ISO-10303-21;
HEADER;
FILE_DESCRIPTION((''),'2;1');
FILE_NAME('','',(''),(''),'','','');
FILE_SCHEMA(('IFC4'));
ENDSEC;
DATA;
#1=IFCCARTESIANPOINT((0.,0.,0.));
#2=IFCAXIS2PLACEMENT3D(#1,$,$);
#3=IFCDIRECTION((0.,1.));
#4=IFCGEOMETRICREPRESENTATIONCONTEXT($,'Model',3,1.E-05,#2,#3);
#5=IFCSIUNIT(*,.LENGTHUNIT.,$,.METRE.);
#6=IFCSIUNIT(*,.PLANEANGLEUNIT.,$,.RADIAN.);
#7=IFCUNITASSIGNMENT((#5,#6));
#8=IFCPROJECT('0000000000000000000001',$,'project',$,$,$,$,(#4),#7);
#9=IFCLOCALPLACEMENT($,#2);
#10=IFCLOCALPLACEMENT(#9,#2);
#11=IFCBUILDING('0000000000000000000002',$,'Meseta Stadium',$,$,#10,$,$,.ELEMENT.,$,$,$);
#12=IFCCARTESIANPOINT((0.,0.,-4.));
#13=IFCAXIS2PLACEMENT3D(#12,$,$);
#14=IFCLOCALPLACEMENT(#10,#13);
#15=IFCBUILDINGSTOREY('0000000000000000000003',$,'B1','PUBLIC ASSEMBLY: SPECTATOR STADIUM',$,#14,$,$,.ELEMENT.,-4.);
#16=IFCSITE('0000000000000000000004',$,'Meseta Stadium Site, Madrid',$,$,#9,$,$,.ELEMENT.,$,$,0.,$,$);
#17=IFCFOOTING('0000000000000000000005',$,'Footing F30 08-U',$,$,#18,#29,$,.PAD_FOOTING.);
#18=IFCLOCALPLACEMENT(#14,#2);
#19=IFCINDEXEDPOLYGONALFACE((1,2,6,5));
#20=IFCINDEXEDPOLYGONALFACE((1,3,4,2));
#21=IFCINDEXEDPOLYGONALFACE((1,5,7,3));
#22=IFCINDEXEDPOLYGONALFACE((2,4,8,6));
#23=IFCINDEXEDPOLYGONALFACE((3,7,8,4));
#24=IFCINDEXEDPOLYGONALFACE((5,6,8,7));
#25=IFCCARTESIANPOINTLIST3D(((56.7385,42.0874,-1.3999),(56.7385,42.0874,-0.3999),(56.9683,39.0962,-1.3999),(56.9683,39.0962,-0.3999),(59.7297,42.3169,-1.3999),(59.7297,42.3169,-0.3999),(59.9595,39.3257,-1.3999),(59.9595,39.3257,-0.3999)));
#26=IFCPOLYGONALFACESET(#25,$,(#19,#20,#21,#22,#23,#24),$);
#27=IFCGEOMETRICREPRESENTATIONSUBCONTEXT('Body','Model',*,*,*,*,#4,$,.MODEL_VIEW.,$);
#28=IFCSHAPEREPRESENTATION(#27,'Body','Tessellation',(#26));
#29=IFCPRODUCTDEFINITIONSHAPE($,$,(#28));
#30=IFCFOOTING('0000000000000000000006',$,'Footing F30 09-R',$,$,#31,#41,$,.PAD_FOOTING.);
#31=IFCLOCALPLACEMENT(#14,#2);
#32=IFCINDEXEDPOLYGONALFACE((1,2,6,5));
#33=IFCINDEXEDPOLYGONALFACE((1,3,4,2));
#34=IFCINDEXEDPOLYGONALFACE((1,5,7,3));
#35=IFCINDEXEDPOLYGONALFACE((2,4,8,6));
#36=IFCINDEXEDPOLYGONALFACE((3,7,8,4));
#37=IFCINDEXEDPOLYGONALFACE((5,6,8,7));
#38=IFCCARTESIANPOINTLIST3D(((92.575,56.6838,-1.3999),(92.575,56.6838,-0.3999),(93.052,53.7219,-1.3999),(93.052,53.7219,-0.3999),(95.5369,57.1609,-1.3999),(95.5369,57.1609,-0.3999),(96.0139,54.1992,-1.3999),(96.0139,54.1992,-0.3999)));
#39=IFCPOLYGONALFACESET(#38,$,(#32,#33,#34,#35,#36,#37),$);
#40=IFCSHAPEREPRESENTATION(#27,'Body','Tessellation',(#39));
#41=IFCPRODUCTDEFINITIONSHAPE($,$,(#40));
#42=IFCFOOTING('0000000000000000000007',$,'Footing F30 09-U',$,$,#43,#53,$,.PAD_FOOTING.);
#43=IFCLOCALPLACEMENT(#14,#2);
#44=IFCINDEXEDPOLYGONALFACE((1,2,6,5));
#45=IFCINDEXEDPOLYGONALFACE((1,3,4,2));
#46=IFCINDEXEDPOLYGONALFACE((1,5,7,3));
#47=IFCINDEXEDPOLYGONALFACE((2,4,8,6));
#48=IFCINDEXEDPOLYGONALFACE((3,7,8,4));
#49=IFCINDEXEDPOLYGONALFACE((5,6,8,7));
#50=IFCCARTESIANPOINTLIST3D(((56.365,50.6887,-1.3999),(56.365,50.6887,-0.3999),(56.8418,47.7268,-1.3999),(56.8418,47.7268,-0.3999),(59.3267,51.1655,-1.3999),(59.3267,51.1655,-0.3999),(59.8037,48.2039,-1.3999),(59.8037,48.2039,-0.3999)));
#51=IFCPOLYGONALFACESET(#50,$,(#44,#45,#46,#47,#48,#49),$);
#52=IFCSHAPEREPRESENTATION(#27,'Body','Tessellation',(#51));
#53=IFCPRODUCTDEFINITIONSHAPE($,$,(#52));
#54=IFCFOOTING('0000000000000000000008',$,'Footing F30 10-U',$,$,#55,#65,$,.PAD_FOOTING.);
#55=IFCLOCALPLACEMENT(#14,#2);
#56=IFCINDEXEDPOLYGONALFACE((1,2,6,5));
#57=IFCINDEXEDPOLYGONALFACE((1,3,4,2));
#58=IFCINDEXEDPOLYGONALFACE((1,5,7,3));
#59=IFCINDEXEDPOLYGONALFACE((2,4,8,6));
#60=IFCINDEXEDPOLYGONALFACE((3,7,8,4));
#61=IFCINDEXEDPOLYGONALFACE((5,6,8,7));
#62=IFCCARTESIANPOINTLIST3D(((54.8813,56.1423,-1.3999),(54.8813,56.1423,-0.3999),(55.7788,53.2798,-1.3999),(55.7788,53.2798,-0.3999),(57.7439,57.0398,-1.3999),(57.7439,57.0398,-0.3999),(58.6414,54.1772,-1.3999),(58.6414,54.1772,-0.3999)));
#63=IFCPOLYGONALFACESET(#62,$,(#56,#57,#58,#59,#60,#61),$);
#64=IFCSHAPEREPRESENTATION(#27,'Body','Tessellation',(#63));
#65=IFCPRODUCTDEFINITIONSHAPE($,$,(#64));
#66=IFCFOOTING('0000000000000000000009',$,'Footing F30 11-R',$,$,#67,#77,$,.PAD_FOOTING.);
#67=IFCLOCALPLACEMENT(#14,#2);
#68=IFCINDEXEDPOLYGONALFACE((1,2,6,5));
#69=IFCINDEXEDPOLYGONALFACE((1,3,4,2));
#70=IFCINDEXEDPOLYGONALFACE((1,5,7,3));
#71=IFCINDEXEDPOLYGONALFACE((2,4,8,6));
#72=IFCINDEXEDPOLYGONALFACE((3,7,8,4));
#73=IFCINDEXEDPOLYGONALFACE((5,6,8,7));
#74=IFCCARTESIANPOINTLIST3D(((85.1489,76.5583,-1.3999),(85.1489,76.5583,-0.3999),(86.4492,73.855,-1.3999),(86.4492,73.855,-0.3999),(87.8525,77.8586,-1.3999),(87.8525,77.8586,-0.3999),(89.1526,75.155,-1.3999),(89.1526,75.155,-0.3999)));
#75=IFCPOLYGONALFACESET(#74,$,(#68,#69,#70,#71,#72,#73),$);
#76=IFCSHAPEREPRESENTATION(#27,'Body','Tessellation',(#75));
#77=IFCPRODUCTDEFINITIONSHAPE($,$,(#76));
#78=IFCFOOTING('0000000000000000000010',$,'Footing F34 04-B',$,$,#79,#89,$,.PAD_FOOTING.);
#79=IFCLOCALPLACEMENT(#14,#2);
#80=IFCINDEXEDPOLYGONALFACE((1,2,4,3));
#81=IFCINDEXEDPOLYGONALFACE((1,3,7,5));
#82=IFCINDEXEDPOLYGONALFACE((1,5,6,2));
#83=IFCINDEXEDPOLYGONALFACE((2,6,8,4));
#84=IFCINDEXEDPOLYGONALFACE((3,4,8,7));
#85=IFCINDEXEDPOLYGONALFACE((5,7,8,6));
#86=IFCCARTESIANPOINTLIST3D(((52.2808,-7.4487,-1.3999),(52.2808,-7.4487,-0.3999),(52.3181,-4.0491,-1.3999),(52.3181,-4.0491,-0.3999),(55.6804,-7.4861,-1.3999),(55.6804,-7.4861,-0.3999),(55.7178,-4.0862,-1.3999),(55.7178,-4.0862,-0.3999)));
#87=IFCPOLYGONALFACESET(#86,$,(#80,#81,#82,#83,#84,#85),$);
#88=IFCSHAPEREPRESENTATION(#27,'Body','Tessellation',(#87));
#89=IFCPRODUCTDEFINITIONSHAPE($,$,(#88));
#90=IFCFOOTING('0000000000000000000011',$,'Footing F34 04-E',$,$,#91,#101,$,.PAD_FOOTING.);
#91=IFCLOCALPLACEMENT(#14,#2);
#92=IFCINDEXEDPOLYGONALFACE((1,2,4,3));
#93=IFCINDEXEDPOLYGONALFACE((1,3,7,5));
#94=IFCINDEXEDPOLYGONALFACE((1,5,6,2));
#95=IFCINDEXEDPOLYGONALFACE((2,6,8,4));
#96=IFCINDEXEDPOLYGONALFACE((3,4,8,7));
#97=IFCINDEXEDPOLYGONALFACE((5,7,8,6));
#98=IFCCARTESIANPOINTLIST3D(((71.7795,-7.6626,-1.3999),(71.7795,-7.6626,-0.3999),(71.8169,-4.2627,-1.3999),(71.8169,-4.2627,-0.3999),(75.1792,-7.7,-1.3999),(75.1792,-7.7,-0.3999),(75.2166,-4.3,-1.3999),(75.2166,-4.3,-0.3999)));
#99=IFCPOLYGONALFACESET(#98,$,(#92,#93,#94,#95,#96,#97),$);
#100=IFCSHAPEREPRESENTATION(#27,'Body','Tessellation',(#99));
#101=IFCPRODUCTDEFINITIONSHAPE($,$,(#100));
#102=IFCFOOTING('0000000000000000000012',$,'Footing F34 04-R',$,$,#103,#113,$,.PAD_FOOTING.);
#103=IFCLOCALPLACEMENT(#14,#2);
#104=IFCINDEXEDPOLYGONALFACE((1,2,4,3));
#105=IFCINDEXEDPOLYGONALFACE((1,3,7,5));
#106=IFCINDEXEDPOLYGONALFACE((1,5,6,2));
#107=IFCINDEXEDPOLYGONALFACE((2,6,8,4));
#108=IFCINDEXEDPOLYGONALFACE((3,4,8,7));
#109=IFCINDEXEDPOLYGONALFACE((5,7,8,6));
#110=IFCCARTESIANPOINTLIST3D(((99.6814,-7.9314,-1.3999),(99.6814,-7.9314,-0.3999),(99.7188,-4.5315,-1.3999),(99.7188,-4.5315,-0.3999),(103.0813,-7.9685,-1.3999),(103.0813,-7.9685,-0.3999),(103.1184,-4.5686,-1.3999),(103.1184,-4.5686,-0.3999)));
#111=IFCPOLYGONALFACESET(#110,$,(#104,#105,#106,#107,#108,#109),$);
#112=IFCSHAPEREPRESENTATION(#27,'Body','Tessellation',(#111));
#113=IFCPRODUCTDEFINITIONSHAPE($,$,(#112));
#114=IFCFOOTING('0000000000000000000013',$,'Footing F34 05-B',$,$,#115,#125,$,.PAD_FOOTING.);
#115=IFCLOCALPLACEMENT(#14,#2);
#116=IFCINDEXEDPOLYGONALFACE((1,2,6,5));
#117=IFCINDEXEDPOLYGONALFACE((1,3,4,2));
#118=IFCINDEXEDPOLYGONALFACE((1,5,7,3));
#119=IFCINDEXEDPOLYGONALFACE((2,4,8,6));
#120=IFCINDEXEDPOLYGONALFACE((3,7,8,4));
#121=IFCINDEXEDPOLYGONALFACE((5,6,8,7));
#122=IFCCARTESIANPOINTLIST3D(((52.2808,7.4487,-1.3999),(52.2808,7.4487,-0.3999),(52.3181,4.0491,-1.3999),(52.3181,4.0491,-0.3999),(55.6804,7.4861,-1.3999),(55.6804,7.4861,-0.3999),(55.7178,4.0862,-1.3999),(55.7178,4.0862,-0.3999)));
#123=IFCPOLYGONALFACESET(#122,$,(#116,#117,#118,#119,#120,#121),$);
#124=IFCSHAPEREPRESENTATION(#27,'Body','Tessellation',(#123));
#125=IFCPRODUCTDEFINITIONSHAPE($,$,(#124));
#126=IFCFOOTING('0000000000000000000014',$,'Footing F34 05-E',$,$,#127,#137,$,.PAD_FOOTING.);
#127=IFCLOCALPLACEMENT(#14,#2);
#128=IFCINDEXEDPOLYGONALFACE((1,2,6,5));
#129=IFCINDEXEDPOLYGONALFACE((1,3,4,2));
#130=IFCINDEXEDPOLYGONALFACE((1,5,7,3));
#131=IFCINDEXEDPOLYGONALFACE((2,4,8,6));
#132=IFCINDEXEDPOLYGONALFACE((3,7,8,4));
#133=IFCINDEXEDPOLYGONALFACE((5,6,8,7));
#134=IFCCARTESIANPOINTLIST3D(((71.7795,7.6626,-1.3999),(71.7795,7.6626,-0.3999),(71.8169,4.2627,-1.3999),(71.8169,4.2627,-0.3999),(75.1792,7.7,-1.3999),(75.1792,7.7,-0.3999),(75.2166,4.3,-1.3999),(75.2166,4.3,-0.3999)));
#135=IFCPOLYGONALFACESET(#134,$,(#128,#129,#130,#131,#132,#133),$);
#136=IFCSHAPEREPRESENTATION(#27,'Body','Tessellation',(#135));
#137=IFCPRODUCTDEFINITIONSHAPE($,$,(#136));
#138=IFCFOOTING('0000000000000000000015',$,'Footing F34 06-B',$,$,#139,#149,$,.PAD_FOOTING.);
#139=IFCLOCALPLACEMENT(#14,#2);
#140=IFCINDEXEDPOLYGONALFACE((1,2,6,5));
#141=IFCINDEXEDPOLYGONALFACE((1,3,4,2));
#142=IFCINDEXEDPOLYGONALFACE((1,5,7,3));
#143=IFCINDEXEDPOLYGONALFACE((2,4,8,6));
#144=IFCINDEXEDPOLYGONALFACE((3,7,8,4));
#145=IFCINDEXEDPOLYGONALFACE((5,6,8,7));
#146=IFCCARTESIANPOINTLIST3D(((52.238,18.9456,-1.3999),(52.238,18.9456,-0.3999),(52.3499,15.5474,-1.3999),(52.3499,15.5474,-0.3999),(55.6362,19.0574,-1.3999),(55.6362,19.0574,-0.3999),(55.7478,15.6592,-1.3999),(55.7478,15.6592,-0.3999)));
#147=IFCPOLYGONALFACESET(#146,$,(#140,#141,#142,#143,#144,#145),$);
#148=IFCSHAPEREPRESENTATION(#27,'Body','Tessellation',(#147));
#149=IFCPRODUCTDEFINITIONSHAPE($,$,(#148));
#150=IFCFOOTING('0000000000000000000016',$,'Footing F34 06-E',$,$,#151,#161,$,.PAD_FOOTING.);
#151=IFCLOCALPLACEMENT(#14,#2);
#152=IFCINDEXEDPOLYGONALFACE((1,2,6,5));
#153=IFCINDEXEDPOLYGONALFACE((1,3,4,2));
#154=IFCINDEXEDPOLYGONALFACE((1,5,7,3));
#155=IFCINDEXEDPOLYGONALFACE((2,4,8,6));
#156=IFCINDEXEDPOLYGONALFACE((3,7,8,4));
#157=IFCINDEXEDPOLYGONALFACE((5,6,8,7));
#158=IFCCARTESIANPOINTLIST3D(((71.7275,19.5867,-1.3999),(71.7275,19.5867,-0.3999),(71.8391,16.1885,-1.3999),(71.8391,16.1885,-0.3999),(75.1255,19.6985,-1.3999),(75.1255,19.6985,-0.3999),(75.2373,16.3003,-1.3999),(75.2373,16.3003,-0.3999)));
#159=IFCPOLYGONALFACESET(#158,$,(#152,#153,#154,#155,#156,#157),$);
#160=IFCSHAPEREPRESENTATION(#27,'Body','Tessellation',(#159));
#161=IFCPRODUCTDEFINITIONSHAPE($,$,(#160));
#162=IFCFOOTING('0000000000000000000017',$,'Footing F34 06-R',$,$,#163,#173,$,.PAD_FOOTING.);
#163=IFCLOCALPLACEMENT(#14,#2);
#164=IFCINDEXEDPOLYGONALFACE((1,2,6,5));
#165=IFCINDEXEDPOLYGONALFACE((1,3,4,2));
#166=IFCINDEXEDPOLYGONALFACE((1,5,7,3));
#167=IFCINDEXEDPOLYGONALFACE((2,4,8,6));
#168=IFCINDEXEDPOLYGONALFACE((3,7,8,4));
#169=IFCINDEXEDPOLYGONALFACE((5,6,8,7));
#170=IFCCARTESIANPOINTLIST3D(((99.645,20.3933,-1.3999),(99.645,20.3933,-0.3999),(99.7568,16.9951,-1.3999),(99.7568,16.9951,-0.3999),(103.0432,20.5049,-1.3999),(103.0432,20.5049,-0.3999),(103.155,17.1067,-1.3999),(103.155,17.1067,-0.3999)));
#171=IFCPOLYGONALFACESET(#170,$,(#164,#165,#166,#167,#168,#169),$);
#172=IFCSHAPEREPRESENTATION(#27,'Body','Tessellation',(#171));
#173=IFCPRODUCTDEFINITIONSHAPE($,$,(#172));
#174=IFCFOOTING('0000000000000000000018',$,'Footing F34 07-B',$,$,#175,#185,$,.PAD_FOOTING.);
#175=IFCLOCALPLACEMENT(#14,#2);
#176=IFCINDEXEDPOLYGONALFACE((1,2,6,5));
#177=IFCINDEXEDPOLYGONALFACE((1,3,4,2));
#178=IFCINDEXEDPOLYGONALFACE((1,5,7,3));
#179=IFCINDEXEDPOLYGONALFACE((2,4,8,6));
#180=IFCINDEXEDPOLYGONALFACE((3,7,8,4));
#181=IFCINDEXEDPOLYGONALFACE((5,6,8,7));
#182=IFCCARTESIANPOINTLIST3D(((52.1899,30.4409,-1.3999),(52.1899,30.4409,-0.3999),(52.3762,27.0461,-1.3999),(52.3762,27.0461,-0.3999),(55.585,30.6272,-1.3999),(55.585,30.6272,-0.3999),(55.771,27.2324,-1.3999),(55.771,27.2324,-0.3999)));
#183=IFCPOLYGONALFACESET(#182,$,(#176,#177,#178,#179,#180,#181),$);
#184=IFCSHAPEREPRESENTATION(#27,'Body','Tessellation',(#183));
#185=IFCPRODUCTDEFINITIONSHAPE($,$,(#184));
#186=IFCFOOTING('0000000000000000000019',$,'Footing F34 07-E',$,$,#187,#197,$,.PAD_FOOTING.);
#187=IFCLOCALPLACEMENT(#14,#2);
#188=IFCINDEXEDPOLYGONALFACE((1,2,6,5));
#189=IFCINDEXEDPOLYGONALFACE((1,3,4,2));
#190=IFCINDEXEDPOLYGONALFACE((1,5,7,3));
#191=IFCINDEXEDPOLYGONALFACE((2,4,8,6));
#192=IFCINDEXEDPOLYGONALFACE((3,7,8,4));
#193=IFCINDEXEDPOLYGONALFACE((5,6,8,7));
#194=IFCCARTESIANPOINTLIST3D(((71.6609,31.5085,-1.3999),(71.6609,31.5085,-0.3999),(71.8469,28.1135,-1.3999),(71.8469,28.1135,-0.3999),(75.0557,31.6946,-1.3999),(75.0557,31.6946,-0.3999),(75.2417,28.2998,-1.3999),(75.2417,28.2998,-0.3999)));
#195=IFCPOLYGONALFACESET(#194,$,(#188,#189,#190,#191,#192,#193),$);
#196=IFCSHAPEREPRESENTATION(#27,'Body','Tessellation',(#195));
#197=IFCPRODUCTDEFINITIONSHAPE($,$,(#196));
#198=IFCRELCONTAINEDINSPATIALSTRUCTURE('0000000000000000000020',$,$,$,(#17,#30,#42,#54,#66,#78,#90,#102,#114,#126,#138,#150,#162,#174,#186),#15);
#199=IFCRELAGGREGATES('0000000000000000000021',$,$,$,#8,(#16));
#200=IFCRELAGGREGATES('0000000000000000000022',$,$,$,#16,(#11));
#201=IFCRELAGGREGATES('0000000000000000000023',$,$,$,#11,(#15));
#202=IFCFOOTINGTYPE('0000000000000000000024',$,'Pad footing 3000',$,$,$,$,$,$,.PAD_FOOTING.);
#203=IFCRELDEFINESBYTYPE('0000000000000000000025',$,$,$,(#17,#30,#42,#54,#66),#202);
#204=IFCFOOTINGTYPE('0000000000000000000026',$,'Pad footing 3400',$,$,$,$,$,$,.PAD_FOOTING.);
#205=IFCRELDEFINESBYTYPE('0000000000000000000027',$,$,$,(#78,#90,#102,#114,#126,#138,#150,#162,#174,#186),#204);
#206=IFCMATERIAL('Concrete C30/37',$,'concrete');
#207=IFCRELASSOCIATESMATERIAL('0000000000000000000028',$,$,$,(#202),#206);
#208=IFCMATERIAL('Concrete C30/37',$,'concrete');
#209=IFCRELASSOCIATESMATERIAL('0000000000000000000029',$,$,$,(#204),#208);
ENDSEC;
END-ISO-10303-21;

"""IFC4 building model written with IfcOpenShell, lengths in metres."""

from ifc_helpers import new_model, si_unit, direction, frame, origin, place, context, subcontext, project, spatial, polyline, outline, extrude, material, type_object, element, save


model = new_model("IFC4")

# Units and contexts
model_context = context("Model", 3, precision=1e-05, world=origin(), true_north=direction((0.0, 1.0)))
body_context = subcontext(model_context, "Body", "Model", "MODEL_VIEW")
ifc_project = project(units=[si_unit("LENGTHUNIT", "METRE"), si_unit("PLANEANGLEUNIT", "RADIAN")], contexts=[model_context])

# Site, building, storey
site_placement = place(None, origin())
site = spatial("IfcSite", under=ifc_project, at=site_placement, Name="Meseta Stadium Site, Madrid", CompositionType="ELEMENT", RefElevation=0.0)
building_placement = place(site_placement, origin())
building = spatial("IfcBuilding", under=site, at=building_placement, Name="Meseta Stadium", CompositionType="ELEMENT")
storey_placement = place(building_placement, frame((0.0, 0.0, -4.0)))
storey = spatial("IfcBuildingStorey", under=building, at=storey_placement, Name="B1", Description="PUBLIC ASSEMBLY: SPECTATOR STADIUM", CompositionType="ELEMENT", Elevation=-4.0)

# Footings
ifc_material_1 = material(Name="Concrete C30/37", Category="concrete")
footing_type_1 = type_object("IfcFootingType", Name="Pad footing 3000", PredefinedType="PAD_FOOTING", material=ifc_material_1)
footing_1_placement = place(storey_placement, frame((0.0, 0.0, -1.3999)))
element("IfcFooting", 1, at=footing_1_placement, inside=storey, type_object=footing_type_1, Name="Footing F30 08-U", PredefinedType="PAD_FOOTING", context=body_context, shape_type="SweptSolid", body=[
    extrude(outline(polyline([(56.9683, 39.0962), (59.9595, 39.3257), (59.7297, 42.3169), (56.7385, 42.0874), (56.9683, 39.0962)])), origin(), (0.0, 0.0, 1.0), 1.0),
])
footing_2_placement = place(storey_placement, frame((0.0, 0.0, -1.3999)))
element("IfcFooting", 2, at=footing_2_placement, inside=storey, type_object=footing_type_1, Name="Footing F30 09-R", PredefinedType="PAD_FOOTING", context=body_context, shape_type="SweptSolid", body=[
    extrude(outline(polyline([(93.052, 53.7219), (96.0139, 54.1992), (95.5369, 57.1609), (92.575, 56.6838), (93.052, 53.7219)])), origin(), (0.0, 0.0, 1.0), 1.0),
])
footing_3_placement = place(storey_placement, frame((0.0, 0.0, -1.3999)))
element("IfcFooting", 3, at=footing_3_placement, inside=storey, type_object=footing_type_1, Name="Footing F30 09-U", PredefinedType="PAD_FOOTING", context=body_context, shape_type="SweptSolid", body=[
    extrude(outline(polyline([(56.8418, 47.7268), (59.8037, 48.2039), (59.3267, 51.1655), (56.365, 50.6887), (56.8418, 47.7268)])), origin(), (0.0, 0.0, 1.0), 1.0),
])
footing_4_placement = place(storey_placement, frame((0.0, 0.0, -1.3999)))
element("IfcFooting", 4, at=footing_4_placement, inside=storey, type_object=footing_type_1, Name="Footing F30 10-U", PredefinedType="PAD_FOOTING", context=body_context, shape_type="SweptSolid", body=[
    extrude(outline(polyline([(55.7788, 53.2798), (58.6414, 54.1772), (57.7439, 57.0398), (54.8813, 56.1423), (55.7788, 53.2798)])), origin(), (0.0, 0.0, 1.0), 1.0),
])
footing_5_placement = place(storey_placement, frame((0.0, 0.0, -1.3999)))
element("IfcFooting", 5, at=footing_5_placement, inside=storey, type_object=footing_type_1, Name="Footing F30 11-R", PredefinedType="PAD_FOOTING", context=body_context, shape_type="SweptSolid", body=[
    extrude(outline(polyline([(86.4492, 73.855), (89.1526, 75.155), (87.8525, 77.8586), (85.1489, 76.5583), (86.4492, 73.855)])), origin(), (0.0, 0.0, 1.0), 1.0),
])
ifc_material_2 = material(Name="Concrete C30/37", Category="concrete")
footing_type_2 = type_object("IfcFootingType", Name="Pad footing 3400", PredefinedType="PAD_FOOTING", material=ifc_material_2)
footing_6_placement = place(storey_placement, frame((0.0, 0.0, -1.3999)))
element("IfcFooting", 6, at=footing_6_placement, inside=storey, type_object=footing_type_2, Name="Footing F34 04-B", PredefinedType="PAD_FOOTING", context=body_context, shape_type="SweptSolid", body=[
    extrude(outline(polyline([(52.2808, -7.4487), (55.6804, -7.4861), (55.7178, -4.0862), (52.3181, -4.0491), (52.2808, -7.4487)])), origin(), (0.0, 0.0, 1.0), 1.0),
])
footing_7_placement = place(storey_placement, frame((0.0, 0.0, -1.3999)))
element("IfcFooting", 7, at=footing_7_placement, inside=storey, type_object=footing_type_2, Name="Footing F34 04-E", PredefinedType="PAD_FOOTING", context=body_context, shape_type="SweptSolid", body=[
    extrude(outline(polyline([(71.7795, -7.6626), (75.1792, -7.7), (75.2166, -4.3), (71.8169, -4.2627), (71.7795, -7.6626)])), origin(), (0.0, 0.0, 1.0), 1.0),
])
footing_8_placement = place(storey_placement, frame((0.0, 0.0, -1.3999)))
element("IfcFooting", 8, at=footing_8_placement, inside=storey, type_object=footing_type_2, Name="Footing F34 04-R", PredefinedType="PAD_FOOTING", context=body_context, shape_type="SweptSolid", body=[
    extrude(outline(polyline([(99.6814, -7.9314), (103.0813, -7.9685), (103.1184, -4.5686), (99.7188, -4.5315), (99.6814, -7.9314)])), origin(), (0.0, 0.0, 1.0), 1.0),
])
footing_9_placement = place(storey_placement, frame((0.0, 0.0, -1.3999)))
element("IfcFooting", 9, at=footing_9_placement, inside=storey, type_object=footing_type_2, Name="Footing F34 05-B", PredefinedType="PAD_FOOTING", context=body_context, shape_type="SweptSolid", body=[
    extrude(outline(polyline([(52.3181, 4.0491), (55.7178, 4.0862), (55.6804, 7.4861), (52.2808, 7.4487), (52.3181, 4.0491)])), origin(), (0.0, 0.0, 1.0), 1.0),
])
footing_10_placement = place(storey_placement, frame((0.0, 0.0, -1.3999)))
element("IfcFooting", 10, at=footing_10_placement, inside=storey, type_object=footing_type_2, Name="Footing F34 05-E", PredefinedType="PAD_FOOTING", context=body_context, shape_type="SweptSolid", body=[
    extrude(outline(polyline([(71.8169, 4.2627), (75.2166, 4.3), (75.1792, 7.7), (71.7795, 7.6626), (71.8169, 4.2627)])), origin(), (0.0, 0.0, 1.0), 1.0),
])
footing_11_placement = place(storey_placement, frame((0.0, 0.0, -1.3999)))
element("IfcFooting", 11, at=footing_11_placement, inside=storey, type_object=footing_type_2, Name="Footing F34 06-B", PredefinedType="PAD_FOOTING", context=body_context, shape_type="SweptSolid", body=[
    extrude(outline(polyline([(52.3499, 15.5474), (55.7478, 15.6592), (55.6362, 19.0574), (52.238, 18.9456), (52.3499, 15.5474)])), origin(), (0.0, 0.0, 1.0), 1.0),
])
footing_12_placement = place(storey_placement, frame((0.0, 0.0, -1.3999)))
element("IfcFooting", 12, at=footing_12_placement, inside=storey, type_object=footing_type_2, Name="Footing F34 06-E", PredefinedType="PAD_FOOTING", context=body_context, shape_type="SweptSolid", body=[
    extrude(outline(polyline([(71.8391, 16.1885), (75.2373, 16.3003), (75.1255, 19.6985), (71.7275, 19.5867), (71.8391, 16.1885)])), origin(), (0.0, 0.0, 1.0), 1.0),
])
footing_13_placement = place(storey_placement, frame((0.0, 0.0, -1.3999)))
element("IfcFooting", 13, at=footing_13_placement, inside=storey, type_object=footing_type_2, Name="Footing F34 06-R", PredefinedType="PAD_FOOTING", context=body_context, shape_type="SweptSolid", body=[
    extrude(outline(polyline([(99.7568, 16.9951), (103.155, 17.1067), (103.0432, 20.5049), (99.645, 20.3933), (99.7568, 16.9951)])), origin(), (0.0, 0.0, 1.0), 1.0),
])
footing_14_placement = place(storey_placement, frame((0.0, 0.0, -1.3999)))
element("IfcFooting", 14, at=footing_14_placement, inside=storey, type_object=footing_type_2, Name="Footing F34 07-B", PredefinedType="PAD_FOOTING", context=body_context, shape_type="SweptSolid", body=[
    extrude(outline(polyline([(52.3762, 27.0461), (55.771, 27.2324), (55.585, 30.6272), (52.1899, 30.4409), (52.3762, 27.0461)])), origin(), (0.0, 0.0, 1.0), 1.0),
])
footing_15_placement = place(storey_placement, frame((0.0, 0.0, -1.3999)))
element("IfcFooting", 15, at=footing_15_placement, inside=storey, type_object=footing_type_2, Name="Footing F34 07-E", PredefinedType="PAD_FOOTING", context=body_context, shape_type="SweptSolid", body=[
    extrude(outline(polyline([(71.8469, 28.1135), (75.2417, 28.2998), (75.0557, 31.6946), (71.6609, 31.5085), (71.8469, 28.1135)])), origin(), (0.0, 0.0, 1.0), 1.0),
])

save(model, "model.ifc")
